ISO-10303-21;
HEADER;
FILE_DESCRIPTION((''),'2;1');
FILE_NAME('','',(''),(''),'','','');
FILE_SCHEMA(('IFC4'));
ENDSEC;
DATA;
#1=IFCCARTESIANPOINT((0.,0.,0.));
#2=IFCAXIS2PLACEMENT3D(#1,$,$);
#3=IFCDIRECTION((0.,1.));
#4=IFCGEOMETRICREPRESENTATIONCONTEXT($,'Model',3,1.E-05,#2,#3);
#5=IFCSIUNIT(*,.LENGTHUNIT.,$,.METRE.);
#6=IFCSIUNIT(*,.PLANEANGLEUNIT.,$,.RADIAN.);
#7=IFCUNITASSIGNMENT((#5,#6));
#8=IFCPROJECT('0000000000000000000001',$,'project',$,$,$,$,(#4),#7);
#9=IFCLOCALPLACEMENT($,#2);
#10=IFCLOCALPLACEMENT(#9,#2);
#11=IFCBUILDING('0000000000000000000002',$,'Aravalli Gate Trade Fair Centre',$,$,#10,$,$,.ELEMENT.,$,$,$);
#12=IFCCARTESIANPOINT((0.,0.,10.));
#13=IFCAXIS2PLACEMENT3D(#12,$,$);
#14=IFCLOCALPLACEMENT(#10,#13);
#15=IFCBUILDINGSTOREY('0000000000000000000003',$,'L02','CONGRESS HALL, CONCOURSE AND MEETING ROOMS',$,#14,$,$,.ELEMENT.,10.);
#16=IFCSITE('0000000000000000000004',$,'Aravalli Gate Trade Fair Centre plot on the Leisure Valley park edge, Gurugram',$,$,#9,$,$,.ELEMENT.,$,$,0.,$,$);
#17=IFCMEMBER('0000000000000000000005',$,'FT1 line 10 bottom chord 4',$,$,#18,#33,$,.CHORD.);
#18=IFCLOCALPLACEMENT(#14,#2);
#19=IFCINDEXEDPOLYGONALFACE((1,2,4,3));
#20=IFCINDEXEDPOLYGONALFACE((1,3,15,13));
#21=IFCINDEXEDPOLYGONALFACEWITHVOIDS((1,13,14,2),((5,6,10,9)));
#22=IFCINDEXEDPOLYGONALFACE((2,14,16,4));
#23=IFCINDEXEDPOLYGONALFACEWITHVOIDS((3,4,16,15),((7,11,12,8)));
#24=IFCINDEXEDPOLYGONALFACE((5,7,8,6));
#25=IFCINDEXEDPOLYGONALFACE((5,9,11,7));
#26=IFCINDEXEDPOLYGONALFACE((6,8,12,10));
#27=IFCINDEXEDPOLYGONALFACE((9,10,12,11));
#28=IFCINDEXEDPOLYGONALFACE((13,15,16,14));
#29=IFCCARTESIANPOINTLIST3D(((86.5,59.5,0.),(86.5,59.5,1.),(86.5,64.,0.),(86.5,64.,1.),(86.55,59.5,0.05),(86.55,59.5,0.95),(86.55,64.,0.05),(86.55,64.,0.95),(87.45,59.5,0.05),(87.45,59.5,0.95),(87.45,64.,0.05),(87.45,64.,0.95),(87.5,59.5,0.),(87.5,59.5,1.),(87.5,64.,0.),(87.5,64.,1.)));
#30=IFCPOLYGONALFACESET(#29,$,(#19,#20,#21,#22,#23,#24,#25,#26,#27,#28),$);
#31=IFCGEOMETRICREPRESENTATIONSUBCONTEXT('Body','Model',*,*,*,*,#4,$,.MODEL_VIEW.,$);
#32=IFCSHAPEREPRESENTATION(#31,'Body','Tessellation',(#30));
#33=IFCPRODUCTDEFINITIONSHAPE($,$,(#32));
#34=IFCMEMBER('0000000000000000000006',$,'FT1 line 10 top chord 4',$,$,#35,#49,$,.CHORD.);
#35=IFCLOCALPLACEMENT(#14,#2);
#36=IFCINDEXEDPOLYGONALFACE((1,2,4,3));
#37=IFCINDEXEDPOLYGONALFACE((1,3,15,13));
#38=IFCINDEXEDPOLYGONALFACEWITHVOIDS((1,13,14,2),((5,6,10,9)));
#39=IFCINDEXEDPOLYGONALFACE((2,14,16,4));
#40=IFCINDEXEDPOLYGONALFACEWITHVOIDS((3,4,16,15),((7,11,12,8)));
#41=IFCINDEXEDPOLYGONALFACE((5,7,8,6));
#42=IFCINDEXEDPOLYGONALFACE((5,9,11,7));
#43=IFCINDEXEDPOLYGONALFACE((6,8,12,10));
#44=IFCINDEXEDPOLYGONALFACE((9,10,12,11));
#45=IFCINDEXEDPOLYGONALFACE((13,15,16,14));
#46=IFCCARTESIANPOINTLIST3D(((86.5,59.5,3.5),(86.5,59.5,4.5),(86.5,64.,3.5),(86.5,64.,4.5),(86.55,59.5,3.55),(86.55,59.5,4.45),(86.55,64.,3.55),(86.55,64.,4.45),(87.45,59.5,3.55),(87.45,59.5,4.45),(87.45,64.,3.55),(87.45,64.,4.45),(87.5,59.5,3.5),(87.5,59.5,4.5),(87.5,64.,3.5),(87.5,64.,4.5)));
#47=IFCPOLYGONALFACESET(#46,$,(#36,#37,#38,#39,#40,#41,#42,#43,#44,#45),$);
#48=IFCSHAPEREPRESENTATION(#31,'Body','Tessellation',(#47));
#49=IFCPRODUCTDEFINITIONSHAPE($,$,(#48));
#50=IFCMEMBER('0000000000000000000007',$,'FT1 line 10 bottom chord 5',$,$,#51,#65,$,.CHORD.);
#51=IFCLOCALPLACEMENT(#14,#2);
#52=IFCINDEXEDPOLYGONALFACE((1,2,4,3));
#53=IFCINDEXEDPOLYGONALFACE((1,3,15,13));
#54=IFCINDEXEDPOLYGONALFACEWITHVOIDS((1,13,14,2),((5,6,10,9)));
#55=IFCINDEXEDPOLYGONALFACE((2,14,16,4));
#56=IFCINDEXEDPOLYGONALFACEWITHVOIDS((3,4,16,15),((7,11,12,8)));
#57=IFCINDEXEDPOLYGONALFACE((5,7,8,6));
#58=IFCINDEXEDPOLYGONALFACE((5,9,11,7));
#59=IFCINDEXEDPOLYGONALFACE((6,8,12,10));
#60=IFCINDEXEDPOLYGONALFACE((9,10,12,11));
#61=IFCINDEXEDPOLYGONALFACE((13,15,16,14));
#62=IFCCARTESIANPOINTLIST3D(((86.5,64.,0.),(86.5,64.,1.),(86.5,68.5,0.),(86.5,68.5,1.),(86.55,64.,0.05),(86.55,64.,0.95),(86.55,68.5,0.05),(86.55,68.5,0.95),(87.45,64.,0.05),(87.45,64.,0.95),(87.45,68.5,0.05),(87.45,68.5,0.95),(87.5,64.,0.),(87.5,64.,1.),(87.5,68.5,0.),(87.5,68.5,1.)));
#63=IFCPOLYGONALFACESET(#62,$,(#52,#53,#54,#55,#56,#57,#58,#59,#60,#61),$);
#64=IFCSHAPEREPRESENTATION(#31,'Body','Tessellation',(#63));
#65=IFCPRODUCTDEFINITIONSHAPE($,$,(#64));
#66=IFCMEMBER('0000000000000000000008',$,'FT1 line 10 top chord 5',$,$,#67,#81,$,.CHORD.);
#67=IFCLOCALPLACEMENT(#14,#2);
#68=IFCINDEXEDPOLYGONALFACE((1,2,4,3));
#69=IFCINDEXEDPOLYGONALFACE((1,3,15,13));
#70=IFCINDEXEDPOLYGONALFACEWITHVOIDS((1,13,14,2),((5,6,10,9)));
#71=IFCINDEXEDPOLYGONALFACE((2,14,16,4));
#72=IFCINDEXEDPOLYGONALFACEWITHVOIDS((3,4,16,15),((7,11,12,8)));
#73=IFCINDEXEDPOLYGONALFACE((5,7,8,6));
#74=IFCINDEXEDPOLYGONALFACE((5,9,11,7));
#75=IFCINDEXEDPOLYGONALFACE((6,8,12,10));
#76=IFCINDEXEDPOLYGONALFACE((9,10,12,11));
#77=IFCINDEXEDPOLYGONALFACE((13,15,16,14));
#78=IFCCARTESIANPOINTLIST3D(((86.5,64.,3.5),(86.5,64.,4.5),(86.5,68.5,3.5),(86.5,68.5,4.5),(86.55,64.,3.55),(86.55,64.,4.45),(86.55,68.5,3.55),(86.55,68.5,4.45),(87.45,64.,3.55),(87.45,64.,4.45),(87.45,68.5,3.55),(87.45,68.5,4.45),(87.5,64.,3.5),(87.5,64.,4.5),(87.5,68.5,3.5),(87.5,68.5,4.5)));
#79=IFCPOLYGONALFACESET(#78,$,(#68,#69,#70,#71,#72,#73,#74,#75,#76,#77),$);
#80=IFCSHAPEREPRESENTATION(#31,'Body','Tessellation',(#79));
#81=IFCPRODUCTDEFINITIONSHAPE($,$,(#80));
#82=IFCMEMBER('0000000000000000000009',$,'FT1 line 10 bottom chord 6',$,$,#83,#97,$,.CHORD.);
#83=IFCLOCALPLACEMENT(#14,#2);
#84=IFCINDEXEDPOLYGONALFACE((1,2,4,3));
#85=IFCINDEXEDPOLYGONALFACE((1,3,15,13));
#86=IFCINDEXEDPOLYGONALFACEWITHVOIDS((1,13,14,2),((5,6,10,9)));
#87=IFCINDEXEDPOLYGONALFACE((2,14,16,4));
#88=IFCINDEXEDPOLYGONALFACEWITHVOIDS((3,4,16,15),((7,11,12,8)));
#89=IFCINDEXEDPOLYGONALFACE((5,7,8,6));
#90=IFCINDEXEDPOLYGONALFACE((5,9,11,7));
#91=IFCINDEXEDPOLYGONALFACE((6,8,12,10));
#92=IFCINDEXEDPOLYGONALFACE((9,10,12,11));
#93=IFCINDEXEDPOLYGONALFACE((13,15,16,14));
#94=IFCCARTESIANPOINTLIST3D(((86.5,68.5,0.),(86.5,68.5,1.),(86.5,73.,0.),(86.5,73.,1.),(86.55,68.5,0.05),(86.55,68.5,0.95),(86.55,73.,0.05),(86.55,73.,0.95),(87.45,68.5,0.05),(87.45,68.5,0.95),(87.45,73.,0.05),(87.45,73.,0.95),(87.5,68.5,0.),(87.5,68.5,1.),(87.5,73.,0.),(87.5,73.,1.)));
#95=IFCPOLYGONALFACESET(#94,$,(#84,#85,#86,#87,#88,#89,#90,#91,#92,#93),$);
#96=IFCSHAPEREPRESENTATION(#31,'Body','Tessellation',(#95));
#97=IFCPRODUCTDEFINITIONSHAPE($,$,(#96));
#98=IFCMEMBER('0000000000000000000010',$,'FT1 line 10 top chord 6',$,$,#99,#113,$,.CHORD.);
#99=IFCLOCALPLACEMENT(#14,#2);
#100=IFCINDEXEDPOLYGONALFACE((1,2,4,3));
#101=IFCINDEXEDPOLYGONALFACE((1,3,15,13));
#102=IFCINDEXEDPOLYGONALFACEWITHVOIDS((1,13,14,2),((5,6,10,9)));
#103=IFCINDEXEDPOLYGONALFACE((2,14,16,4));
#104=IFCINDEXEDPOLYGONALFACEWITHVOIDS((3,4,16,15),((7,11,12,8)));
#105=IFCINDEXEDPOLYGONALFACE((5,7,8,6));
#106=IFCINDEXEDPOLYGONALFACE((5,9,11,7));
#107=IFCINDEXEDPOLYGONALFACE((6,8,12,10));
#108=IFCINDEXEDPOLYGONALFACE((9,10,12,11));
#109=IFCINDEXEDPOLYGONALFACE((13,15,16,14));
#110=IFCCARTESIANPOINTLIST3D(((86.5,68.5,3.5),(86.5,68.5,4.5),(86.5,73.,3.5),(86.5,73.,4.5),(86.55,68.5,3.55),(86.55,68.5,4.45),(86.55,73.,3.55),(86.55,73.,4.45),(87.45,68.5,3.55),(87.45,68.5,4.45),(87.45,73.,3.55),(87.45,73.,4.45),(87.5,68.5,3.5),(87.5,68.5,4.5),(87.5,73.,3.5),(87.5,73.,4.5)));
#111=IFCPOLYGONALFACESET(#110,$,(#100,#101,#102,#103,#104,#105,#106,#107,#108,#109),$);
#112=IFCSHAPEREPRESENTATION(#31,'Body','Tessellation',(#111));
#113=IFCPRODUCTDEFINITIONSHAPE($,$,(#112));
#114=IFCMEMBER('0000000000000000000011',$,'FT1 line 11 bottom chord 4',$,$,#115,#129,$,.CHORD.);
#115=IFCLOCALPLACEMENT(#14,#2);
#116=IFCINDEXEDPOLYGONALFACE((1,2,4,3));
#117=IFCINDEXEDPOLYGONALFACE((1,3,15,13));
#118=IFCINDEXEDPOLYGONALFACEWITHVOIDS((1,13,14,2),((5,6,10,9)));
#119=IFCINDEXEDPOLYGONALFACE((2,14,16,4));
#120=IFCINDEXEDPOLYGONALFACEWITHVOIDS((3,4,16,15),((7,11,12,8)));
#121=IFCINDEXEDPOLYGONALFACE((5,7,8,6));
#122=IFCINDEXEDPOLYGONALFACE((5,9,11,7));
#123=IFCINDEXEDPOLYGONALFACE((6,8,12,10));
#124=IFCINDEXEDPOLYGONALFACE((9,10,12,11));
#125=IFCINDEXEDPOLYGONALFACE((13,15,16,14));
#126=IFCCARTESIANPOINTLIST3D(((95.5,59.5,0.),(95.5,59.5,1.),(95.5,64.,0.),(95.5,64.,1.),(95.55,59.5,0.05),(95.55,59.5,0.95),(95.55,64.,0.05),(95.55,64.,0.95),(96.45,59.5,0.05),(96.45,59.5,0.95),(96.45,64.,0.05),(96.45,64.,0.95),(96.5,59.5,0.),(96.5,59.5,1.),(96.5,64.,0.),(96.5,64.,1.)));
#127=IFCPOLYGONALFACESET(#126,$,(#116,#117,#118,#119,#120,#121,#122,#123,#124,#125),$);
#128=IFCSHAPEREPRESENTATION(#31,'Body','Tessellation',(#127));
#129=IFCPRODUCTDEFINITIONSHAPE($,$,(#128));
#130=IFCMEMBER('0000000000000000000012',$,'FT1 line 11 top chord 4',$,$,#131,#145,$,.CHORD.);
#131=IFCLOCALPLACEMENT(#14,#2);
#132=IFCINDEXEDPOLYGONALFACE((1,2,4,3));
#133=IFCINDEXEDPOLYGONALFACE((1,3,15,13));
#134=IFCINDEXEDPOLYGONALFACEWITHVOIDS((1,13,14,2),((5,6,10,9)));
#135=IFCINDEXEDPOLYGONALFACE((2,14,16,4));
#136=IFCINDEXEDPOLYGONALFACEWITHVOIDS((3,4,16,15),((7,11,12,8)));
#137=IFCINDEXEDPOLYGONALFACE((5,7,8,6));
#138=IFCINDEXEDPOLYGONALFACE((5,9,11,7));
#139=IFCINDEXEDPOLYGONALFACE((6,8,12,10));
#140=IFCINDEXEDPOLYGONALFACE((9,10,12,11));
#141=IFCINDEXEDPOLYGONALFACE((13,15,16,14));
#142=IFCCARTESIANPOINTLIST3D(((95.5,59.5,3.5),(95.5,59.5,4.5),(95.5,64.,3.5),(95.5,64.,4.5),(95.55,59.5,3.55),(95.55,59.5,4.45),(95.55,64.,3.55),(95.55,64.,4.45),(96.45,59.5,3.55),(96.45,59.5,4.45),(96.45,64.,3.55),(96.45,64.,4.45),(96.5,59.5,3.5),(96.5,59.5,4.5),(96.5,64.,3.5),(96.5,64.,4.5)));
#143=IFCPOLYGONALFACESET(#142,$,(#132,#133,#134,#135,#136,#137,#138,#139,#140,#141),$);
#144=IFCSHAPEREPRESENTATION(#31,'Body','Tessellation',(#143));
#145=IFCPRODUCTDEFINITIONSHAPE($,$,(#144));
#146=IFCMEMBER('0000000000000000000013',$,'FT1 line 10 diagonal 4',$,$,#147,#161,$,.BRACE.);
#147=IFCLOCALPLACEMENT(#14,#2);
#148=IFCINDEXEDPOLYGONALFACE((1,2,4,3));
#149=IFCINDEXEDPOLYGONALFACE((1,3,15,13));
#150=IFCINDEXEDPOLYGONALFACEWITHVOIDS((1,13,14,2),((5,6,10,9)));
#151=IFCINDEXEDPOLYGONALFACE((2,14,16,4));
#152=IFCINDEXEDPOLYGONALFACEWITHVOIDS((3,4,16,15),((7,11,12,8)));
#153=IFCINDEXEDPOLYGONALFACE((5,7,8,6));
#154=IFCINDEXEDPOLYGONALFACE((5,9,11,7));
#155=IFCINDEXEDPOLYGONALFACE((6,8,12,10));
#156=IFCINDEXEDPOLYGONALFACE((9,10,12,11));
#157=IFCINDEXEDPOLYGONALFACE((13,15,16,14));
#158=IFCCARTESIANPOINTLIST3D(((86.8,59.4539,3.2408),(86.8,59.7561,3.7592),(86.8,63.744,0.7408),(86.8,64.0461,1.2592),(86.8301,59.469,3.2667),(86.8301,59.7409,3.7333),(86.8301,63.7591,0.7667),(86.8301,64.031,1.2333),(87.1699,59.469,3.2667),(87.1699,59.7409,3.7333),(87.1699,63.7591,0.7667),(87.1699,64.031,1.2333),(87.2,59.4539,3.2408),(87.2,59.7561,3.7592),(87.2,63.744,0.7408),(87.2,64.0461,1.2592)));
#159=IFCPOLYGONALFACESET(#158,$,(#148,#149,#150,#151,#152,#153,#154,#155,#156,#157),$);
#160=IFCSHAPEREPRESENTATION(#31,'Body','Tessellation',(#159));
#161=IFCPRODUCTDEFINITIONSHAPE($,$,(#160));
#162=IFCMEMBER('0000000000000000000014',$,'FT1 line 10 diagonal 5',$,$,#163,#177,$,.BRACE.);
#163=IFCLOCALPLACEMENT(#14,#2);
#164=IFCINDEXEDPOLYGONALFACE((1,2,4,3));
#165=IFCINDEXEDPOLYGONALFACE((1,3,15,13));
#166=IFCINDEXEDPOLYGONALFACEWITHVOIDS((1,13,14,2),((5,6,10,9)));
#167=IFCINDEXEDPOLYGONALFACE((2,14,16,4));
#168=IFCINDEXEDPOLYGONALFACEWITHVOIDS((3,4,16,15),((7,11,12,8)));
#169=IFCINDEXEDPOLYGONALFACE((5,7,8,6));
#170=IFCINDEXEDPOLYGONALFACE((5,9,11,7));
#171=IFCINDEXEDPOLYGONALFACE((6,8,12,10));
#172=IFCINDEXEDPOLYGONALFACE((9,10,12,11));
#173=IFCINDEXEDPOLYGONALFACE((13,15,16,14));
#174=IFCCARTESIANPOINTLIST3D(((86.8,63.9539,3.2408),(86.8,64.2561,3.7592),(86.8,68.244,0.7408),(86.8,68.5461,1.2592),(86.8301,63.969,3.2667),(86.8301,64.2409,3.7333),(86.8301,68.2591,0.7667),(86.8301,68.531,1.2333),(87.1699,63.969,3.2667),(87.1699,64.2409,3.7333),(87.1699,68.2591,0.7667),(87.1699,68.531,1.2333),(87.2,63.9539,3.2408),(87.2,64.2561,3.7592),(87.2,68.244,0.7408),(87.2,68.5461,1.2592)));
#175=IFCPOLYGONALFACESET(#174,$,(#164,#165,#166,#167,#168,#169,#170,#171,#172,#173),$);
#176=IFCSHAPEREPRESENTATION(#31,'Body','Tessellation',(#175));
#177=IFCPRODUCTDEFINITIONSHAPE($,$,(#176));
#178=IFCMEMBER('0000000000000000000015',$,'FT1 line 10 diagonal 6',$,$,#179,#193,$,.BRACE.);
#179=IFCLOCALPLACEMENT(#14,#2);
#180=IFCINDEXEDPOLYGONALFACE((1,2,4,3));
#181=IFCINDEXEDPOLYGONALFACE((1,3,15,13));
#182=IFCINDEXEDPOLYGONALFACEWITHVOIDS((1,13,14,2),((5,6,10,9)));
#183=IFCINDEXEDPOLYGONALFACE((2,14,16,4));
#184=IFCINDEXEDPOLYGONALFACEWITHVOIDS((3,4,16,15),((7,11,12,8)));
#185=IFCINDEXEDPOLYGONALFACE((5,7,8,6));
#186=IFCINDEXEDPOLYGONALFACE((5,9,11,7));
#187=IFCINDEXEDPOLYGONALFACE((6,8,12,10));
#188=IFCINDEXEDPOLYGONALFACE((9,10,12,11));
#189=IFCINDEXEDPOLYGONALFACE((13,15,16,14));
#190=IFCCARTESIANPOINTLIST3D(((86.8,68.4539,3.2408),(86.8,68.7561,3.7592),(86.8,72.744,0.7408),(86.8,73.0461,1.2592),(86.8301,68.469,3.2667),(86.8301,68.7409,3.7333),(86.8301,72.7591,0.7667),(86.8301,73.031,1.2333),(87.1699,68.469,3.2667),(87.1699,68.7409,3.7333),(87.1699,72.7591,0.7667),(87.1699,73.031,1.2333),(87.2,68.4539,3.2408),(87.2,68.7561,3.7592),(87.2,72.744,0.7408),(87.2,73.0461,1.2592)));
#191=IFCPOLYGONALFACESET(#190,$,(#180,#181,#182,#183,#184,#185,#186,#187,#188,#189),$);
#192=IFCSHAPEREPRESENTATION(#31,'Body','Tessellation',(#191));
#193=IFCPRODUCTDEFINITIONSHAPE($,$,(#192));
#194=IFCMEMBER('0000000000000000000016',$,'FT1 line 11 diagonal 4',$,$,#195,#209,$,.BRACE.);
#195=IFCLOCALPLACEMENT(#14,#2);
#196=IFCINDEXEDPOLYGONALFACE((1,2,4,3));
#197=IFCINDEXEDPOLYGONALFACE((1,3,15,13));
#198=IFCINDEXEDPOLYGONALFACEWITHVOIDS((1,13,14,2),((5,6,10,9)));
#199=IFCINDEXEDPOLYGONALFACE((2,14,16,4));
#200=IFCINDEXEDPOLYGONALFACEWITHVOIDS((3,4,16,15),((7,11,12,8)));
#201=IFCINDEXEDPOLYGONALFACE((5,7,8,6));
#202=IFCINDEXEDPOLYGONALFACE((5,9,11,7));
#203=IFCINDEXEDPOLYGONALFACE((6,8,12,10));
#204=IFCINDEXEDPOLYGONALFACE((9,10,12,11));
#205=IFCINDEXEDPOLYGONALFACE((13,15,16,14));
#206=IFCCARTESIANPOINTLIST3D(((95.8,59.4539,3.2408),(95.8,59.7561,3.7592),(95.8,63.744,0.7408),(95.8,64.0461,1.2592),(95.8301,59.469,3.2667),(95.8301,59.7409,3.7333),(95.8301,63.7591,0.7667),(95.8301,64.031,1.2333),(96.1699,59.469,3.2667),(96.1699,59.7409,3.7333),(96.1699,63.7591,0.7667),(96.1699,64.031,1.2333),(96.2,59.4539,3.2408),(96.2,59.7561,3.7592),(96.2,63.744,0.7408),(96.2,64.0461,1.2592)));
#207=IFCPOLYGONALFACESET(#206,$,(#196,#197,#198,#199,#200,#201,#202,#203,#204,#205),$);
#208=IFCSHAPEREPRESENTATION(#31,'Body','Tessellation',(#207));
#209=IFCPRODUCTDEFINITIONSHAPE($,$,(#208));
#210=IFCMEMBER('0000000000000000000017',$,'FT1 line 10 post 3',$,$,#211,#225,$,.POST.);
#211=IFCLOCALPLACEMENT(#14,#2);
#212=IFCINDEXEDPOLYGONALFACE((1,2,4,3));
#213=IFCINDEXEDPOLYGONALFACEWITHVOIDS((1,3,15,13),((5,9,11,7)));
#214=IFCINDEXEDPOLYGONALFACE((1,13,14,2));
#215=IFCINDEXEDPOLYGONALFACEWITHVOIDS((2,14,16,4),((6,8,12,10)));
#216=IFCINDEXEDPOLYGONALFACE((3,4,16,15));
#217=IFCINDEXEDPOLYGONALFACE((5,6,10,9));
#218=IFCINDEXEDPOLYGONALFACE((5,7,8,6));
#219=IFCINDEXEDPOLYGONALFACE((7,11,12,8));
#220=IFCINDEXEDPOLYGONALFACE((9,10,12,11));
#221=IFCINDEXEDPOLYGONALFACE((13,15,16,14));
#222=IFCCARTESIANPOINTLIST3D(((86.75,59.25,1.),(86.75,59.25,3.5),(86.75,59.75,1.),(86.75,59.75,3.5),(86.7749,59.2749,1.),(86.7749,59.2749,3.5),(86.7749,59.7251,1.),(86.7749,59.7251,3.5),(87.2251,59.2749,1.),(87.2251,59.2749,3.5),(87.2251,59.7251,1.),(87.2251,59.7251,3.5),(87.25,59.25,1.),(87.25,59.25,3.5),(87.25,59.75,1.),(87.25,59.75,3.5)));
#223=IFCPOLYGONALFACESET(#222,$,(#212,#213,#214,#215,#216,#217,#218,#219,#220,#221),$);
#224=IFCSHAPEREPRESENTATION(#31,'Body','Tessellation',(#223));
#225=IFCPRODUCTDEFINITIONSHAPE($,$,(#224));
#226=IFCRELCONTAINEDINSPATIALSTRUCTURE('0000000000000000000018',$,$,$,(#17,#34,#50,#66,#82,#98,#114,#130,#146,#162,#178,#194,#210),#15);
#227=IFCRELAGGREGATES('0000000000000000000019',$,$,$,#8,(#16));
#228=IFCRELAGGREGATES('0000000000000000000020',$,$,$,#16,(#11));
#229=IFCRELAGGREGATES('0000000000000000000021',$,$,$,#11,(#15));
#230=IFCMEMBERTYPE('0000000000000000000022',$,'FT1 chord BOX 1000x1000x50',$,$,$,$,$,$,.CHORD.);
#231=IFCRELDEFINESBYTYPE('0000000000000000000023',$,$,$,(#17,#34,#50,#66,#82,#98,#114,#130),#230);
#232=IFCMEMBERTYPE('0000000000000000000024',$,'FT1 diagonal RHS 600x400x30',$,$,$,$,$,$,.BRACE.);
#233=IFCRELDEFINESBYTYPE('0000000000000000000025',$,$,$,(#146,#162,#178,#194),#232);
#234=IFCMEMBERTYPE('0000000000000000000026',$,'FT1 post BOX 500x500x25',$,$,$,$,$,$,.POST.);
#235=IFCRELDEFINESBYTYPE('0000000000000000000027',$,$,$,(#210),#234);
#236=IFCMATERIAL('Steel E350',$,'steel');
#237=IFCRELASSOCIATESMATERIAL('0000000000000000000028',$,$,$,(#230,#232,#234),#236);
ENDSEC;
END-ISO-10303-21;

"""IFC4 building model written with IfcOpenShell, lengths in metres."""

from ifc_helpers import new_model, si_unit, direction, frame, origin, origin_2d, place, context, subcontext, project, spatial, hollow_rectangle, extrude, material, material_profile, profile_set, type_object, element, save


model = new_model("IFC4")

# Units and contexts
model_context = context("Model", 3, precision=1e-05, world=origin(), true_north=direction((0.0, 1.0)))
body_context = subcontext(model_context, "Body", "Model", "MODEL_VIEW")
ifc_project = project(units=[si_unit("LENGTHUNIT", "METRE"), si_unit("PLANEANGLEUNIT", "RADIAN")], contexts=[model_context])

# Site, building, storey
site_placement = place(None, origin())
site = spatial("IfcSite", under=ifc_project, at=site_placement, Name="Aravalli Gate Trade Fair Centre plot on the Leisure Valley park edge, Gurugram", CompositionType="ELEMENT", RefElevation=0.0)
building_placement = place(site_placement, origin())
building = spatial("IfcBuilding", under=site, at=building_placement, Name="Aravalli Gate Trade Fair Centre", CompositionType="ELEMENT")
storey_placement = place(building_placement, frame((0.0, 0.0, 10.0)))
storey = spatial("IfcBuildingStorey", under=building, at=storey_placement, Name="L02", Description="CONGRESS HALL, CONCOURSE AND MEETING ROOMS", CompositionType="ELEMENT", Elevation=10.0)

# Members
ifc_material = material(Name="Steel E350", Category="steel")
ifc_material_profile_1 = material_profile(ifc_material, hollow_rectangle(XDim=1.0, YDim=1.0, WallThickness=0.05, at=origin_2d()), Name="BOX 1000x1000x50")
ifc_profile_set_1 = profile_set([ifc_material_profile_1], Name="Steel E350")
member_type_1 = type_object("IfcMemberType", Name="FT1 chord BOX 1000x1000x50", PredefinedType="CHORD", material=ifc_profile_set_1)
for number, where, z_axis, x_axis, name in (
    (1, (87.0, 59.5, 0.5), (0.0, 1.0, 0.0), (-1.0, 0.0, 0.0), "FT1 line 10 bottom chord 4"),
    (2, (87.0, 59.5, 4.0), (0.0, 1.0, 0.0), (-1.0, 0.0, 0.0), "FT1 line 10 top chord 4"),
    (3, (87.0, 64.0, 0.5), (0.0, 1.0, 0.0), (-1.0, 0.0, 0.0), "FT1 line 10 bottom chord 5"),
    (4, (87.0, 64.0, 4.0), (0.0, 1.0, 0.0), (-1.0, 0.0, 0.0), "FT1 line 10 top chord 5"),
    (5, (87.0, 68.5, 0.5), (0.0, 1.0, 0.0), (-1.0, 0.0, 0.0), "FT1 line 10 bottom chord 6"),
    (6, (87.0, 68.5, 4.0), (0.0, 1.0, 0.0), (-1.0, 0.0, 0.0), "FT1 line 10 top chord 6"),
    (7, (96.0, 59.5, 0.5), (0.0, 1.0, 0.0), (-1.0, 0.0, 0.0), "FT1 line 11 bottom chord 4"),
    (8, (96.0, 59.5, 4.0), (0.0, 1.0, 0.0), (-1.0, 0.0, 0.0), "FT1 line 11 top chord 4"),
):
    element("IfcMember", number, at=place(storey_placement, frame(where, z_axis=z_axis, x_axis=x_axis)), inside=storey, type_object=member_type_1, Name=name, PredefinedType="CHORD", context=body_context, shape_type="SweptSolid", body=[
        extrude(hollow_rectangle(XDim=1.0, YDim=1.0, WallThickness=0.05, at=origin_2d()), origin(), (0.0, 0.0, 1.0), 4.5),
    ])
ifc_material_profile_2 = material_profile(ifc_material, hollow_rectangle(XDim=0.3999, YDim=0.6001, WallThickness=0.03, at=origin_2d()), Name="RHS 600x400x30")
ifc_profile_set_2 = profile_set([ifc_material_profile_2], Name="Steel E350")
member_type_2 = type_object("IfcMemberType", Name="FT1 diagonal RHS 600x400x30", PredefinedType="BRACE", material=ifc_profile_set_2)
for number, where, z_axis, x_axis, name in (
    (9, (87.0, 59.605, 3.5), (0.0, 0.864, -0.503492), (-1.0, 0.0, 0.0), "FT1 line 10 diagonal 4"),
    (10, (87.0, 64.105, 3.5), (0.0, 0.864, -0.503492), (-1.0, 0.0, 0.0), "FT1 line 10 diagonal 5"),
    (11, (87.0, 68.605, 3.5), (0.0, 0.864, -0.503492), (-1.0, 0.0, 0.0), "FT1 line 10 diagonal 6"),
    (12, (96.0, 59.605, 3.5), (0.0, 0.864, -0.503492), (-1.0, 0.0, 0.0), "FT1 line 11 diagonal 4"),
):
    element("IfcMember", number, at=place(storey_placement, frame(where, z_axis=z_axis, x_axis=x_axis)), inside=storey, type_object=member_type_2, Name=name, PredefinedType="BRACE", context=body_context, shape_type="SweptSolid", body=[
        extrude(hollow_rectangle(XDim=0.3999, YDim=0.6001, WallThickness=0.03, at=origin_2d()), origin(), (0.0, 0.0, 1.0), 4.9653),
    ])
ifc_material_profile_3 = material_profile(ifc_material, hollow_rectangle(XDim=0.5, YDim=0.5, WallThickness=0.0249, at=origin_2d()), Name="BOX 500x500x25")
ifc_profile_set_3 = profile_set([ifc_material_profile_3], Name="Steel E350")
member_type_3 = type_object("IfcMemberType", Name="FT1 post BOX 500x500x25", PredefinedType="POST", material=ifc_profile_set_3)
for number, where, z_axis, x_axis, name in (
    (13, (87.0, 59.5, 1.0), (0.0, 0.0, 1.0), (1.0, 0.0, 0.0), "FT1 line 10 post 3"),
):
    element("IfcMember", number, at=place(storey_placement, frame(where, z_axis=z_axis, x_axis=x_axis)), inside=storey, type_object=member_type_3, Name=name, PredefinedType="POST", context=body_context, shape_type="SweptSolid", body=[
        extrude(hollow_rectangle(XDim=0.5, YDim=0.5, WallThickness=0.0249, at=origin_2d()), origin(), (0.0, 0.0, 1.0), 2.5),
    ])

save(model, "model.ifc")
